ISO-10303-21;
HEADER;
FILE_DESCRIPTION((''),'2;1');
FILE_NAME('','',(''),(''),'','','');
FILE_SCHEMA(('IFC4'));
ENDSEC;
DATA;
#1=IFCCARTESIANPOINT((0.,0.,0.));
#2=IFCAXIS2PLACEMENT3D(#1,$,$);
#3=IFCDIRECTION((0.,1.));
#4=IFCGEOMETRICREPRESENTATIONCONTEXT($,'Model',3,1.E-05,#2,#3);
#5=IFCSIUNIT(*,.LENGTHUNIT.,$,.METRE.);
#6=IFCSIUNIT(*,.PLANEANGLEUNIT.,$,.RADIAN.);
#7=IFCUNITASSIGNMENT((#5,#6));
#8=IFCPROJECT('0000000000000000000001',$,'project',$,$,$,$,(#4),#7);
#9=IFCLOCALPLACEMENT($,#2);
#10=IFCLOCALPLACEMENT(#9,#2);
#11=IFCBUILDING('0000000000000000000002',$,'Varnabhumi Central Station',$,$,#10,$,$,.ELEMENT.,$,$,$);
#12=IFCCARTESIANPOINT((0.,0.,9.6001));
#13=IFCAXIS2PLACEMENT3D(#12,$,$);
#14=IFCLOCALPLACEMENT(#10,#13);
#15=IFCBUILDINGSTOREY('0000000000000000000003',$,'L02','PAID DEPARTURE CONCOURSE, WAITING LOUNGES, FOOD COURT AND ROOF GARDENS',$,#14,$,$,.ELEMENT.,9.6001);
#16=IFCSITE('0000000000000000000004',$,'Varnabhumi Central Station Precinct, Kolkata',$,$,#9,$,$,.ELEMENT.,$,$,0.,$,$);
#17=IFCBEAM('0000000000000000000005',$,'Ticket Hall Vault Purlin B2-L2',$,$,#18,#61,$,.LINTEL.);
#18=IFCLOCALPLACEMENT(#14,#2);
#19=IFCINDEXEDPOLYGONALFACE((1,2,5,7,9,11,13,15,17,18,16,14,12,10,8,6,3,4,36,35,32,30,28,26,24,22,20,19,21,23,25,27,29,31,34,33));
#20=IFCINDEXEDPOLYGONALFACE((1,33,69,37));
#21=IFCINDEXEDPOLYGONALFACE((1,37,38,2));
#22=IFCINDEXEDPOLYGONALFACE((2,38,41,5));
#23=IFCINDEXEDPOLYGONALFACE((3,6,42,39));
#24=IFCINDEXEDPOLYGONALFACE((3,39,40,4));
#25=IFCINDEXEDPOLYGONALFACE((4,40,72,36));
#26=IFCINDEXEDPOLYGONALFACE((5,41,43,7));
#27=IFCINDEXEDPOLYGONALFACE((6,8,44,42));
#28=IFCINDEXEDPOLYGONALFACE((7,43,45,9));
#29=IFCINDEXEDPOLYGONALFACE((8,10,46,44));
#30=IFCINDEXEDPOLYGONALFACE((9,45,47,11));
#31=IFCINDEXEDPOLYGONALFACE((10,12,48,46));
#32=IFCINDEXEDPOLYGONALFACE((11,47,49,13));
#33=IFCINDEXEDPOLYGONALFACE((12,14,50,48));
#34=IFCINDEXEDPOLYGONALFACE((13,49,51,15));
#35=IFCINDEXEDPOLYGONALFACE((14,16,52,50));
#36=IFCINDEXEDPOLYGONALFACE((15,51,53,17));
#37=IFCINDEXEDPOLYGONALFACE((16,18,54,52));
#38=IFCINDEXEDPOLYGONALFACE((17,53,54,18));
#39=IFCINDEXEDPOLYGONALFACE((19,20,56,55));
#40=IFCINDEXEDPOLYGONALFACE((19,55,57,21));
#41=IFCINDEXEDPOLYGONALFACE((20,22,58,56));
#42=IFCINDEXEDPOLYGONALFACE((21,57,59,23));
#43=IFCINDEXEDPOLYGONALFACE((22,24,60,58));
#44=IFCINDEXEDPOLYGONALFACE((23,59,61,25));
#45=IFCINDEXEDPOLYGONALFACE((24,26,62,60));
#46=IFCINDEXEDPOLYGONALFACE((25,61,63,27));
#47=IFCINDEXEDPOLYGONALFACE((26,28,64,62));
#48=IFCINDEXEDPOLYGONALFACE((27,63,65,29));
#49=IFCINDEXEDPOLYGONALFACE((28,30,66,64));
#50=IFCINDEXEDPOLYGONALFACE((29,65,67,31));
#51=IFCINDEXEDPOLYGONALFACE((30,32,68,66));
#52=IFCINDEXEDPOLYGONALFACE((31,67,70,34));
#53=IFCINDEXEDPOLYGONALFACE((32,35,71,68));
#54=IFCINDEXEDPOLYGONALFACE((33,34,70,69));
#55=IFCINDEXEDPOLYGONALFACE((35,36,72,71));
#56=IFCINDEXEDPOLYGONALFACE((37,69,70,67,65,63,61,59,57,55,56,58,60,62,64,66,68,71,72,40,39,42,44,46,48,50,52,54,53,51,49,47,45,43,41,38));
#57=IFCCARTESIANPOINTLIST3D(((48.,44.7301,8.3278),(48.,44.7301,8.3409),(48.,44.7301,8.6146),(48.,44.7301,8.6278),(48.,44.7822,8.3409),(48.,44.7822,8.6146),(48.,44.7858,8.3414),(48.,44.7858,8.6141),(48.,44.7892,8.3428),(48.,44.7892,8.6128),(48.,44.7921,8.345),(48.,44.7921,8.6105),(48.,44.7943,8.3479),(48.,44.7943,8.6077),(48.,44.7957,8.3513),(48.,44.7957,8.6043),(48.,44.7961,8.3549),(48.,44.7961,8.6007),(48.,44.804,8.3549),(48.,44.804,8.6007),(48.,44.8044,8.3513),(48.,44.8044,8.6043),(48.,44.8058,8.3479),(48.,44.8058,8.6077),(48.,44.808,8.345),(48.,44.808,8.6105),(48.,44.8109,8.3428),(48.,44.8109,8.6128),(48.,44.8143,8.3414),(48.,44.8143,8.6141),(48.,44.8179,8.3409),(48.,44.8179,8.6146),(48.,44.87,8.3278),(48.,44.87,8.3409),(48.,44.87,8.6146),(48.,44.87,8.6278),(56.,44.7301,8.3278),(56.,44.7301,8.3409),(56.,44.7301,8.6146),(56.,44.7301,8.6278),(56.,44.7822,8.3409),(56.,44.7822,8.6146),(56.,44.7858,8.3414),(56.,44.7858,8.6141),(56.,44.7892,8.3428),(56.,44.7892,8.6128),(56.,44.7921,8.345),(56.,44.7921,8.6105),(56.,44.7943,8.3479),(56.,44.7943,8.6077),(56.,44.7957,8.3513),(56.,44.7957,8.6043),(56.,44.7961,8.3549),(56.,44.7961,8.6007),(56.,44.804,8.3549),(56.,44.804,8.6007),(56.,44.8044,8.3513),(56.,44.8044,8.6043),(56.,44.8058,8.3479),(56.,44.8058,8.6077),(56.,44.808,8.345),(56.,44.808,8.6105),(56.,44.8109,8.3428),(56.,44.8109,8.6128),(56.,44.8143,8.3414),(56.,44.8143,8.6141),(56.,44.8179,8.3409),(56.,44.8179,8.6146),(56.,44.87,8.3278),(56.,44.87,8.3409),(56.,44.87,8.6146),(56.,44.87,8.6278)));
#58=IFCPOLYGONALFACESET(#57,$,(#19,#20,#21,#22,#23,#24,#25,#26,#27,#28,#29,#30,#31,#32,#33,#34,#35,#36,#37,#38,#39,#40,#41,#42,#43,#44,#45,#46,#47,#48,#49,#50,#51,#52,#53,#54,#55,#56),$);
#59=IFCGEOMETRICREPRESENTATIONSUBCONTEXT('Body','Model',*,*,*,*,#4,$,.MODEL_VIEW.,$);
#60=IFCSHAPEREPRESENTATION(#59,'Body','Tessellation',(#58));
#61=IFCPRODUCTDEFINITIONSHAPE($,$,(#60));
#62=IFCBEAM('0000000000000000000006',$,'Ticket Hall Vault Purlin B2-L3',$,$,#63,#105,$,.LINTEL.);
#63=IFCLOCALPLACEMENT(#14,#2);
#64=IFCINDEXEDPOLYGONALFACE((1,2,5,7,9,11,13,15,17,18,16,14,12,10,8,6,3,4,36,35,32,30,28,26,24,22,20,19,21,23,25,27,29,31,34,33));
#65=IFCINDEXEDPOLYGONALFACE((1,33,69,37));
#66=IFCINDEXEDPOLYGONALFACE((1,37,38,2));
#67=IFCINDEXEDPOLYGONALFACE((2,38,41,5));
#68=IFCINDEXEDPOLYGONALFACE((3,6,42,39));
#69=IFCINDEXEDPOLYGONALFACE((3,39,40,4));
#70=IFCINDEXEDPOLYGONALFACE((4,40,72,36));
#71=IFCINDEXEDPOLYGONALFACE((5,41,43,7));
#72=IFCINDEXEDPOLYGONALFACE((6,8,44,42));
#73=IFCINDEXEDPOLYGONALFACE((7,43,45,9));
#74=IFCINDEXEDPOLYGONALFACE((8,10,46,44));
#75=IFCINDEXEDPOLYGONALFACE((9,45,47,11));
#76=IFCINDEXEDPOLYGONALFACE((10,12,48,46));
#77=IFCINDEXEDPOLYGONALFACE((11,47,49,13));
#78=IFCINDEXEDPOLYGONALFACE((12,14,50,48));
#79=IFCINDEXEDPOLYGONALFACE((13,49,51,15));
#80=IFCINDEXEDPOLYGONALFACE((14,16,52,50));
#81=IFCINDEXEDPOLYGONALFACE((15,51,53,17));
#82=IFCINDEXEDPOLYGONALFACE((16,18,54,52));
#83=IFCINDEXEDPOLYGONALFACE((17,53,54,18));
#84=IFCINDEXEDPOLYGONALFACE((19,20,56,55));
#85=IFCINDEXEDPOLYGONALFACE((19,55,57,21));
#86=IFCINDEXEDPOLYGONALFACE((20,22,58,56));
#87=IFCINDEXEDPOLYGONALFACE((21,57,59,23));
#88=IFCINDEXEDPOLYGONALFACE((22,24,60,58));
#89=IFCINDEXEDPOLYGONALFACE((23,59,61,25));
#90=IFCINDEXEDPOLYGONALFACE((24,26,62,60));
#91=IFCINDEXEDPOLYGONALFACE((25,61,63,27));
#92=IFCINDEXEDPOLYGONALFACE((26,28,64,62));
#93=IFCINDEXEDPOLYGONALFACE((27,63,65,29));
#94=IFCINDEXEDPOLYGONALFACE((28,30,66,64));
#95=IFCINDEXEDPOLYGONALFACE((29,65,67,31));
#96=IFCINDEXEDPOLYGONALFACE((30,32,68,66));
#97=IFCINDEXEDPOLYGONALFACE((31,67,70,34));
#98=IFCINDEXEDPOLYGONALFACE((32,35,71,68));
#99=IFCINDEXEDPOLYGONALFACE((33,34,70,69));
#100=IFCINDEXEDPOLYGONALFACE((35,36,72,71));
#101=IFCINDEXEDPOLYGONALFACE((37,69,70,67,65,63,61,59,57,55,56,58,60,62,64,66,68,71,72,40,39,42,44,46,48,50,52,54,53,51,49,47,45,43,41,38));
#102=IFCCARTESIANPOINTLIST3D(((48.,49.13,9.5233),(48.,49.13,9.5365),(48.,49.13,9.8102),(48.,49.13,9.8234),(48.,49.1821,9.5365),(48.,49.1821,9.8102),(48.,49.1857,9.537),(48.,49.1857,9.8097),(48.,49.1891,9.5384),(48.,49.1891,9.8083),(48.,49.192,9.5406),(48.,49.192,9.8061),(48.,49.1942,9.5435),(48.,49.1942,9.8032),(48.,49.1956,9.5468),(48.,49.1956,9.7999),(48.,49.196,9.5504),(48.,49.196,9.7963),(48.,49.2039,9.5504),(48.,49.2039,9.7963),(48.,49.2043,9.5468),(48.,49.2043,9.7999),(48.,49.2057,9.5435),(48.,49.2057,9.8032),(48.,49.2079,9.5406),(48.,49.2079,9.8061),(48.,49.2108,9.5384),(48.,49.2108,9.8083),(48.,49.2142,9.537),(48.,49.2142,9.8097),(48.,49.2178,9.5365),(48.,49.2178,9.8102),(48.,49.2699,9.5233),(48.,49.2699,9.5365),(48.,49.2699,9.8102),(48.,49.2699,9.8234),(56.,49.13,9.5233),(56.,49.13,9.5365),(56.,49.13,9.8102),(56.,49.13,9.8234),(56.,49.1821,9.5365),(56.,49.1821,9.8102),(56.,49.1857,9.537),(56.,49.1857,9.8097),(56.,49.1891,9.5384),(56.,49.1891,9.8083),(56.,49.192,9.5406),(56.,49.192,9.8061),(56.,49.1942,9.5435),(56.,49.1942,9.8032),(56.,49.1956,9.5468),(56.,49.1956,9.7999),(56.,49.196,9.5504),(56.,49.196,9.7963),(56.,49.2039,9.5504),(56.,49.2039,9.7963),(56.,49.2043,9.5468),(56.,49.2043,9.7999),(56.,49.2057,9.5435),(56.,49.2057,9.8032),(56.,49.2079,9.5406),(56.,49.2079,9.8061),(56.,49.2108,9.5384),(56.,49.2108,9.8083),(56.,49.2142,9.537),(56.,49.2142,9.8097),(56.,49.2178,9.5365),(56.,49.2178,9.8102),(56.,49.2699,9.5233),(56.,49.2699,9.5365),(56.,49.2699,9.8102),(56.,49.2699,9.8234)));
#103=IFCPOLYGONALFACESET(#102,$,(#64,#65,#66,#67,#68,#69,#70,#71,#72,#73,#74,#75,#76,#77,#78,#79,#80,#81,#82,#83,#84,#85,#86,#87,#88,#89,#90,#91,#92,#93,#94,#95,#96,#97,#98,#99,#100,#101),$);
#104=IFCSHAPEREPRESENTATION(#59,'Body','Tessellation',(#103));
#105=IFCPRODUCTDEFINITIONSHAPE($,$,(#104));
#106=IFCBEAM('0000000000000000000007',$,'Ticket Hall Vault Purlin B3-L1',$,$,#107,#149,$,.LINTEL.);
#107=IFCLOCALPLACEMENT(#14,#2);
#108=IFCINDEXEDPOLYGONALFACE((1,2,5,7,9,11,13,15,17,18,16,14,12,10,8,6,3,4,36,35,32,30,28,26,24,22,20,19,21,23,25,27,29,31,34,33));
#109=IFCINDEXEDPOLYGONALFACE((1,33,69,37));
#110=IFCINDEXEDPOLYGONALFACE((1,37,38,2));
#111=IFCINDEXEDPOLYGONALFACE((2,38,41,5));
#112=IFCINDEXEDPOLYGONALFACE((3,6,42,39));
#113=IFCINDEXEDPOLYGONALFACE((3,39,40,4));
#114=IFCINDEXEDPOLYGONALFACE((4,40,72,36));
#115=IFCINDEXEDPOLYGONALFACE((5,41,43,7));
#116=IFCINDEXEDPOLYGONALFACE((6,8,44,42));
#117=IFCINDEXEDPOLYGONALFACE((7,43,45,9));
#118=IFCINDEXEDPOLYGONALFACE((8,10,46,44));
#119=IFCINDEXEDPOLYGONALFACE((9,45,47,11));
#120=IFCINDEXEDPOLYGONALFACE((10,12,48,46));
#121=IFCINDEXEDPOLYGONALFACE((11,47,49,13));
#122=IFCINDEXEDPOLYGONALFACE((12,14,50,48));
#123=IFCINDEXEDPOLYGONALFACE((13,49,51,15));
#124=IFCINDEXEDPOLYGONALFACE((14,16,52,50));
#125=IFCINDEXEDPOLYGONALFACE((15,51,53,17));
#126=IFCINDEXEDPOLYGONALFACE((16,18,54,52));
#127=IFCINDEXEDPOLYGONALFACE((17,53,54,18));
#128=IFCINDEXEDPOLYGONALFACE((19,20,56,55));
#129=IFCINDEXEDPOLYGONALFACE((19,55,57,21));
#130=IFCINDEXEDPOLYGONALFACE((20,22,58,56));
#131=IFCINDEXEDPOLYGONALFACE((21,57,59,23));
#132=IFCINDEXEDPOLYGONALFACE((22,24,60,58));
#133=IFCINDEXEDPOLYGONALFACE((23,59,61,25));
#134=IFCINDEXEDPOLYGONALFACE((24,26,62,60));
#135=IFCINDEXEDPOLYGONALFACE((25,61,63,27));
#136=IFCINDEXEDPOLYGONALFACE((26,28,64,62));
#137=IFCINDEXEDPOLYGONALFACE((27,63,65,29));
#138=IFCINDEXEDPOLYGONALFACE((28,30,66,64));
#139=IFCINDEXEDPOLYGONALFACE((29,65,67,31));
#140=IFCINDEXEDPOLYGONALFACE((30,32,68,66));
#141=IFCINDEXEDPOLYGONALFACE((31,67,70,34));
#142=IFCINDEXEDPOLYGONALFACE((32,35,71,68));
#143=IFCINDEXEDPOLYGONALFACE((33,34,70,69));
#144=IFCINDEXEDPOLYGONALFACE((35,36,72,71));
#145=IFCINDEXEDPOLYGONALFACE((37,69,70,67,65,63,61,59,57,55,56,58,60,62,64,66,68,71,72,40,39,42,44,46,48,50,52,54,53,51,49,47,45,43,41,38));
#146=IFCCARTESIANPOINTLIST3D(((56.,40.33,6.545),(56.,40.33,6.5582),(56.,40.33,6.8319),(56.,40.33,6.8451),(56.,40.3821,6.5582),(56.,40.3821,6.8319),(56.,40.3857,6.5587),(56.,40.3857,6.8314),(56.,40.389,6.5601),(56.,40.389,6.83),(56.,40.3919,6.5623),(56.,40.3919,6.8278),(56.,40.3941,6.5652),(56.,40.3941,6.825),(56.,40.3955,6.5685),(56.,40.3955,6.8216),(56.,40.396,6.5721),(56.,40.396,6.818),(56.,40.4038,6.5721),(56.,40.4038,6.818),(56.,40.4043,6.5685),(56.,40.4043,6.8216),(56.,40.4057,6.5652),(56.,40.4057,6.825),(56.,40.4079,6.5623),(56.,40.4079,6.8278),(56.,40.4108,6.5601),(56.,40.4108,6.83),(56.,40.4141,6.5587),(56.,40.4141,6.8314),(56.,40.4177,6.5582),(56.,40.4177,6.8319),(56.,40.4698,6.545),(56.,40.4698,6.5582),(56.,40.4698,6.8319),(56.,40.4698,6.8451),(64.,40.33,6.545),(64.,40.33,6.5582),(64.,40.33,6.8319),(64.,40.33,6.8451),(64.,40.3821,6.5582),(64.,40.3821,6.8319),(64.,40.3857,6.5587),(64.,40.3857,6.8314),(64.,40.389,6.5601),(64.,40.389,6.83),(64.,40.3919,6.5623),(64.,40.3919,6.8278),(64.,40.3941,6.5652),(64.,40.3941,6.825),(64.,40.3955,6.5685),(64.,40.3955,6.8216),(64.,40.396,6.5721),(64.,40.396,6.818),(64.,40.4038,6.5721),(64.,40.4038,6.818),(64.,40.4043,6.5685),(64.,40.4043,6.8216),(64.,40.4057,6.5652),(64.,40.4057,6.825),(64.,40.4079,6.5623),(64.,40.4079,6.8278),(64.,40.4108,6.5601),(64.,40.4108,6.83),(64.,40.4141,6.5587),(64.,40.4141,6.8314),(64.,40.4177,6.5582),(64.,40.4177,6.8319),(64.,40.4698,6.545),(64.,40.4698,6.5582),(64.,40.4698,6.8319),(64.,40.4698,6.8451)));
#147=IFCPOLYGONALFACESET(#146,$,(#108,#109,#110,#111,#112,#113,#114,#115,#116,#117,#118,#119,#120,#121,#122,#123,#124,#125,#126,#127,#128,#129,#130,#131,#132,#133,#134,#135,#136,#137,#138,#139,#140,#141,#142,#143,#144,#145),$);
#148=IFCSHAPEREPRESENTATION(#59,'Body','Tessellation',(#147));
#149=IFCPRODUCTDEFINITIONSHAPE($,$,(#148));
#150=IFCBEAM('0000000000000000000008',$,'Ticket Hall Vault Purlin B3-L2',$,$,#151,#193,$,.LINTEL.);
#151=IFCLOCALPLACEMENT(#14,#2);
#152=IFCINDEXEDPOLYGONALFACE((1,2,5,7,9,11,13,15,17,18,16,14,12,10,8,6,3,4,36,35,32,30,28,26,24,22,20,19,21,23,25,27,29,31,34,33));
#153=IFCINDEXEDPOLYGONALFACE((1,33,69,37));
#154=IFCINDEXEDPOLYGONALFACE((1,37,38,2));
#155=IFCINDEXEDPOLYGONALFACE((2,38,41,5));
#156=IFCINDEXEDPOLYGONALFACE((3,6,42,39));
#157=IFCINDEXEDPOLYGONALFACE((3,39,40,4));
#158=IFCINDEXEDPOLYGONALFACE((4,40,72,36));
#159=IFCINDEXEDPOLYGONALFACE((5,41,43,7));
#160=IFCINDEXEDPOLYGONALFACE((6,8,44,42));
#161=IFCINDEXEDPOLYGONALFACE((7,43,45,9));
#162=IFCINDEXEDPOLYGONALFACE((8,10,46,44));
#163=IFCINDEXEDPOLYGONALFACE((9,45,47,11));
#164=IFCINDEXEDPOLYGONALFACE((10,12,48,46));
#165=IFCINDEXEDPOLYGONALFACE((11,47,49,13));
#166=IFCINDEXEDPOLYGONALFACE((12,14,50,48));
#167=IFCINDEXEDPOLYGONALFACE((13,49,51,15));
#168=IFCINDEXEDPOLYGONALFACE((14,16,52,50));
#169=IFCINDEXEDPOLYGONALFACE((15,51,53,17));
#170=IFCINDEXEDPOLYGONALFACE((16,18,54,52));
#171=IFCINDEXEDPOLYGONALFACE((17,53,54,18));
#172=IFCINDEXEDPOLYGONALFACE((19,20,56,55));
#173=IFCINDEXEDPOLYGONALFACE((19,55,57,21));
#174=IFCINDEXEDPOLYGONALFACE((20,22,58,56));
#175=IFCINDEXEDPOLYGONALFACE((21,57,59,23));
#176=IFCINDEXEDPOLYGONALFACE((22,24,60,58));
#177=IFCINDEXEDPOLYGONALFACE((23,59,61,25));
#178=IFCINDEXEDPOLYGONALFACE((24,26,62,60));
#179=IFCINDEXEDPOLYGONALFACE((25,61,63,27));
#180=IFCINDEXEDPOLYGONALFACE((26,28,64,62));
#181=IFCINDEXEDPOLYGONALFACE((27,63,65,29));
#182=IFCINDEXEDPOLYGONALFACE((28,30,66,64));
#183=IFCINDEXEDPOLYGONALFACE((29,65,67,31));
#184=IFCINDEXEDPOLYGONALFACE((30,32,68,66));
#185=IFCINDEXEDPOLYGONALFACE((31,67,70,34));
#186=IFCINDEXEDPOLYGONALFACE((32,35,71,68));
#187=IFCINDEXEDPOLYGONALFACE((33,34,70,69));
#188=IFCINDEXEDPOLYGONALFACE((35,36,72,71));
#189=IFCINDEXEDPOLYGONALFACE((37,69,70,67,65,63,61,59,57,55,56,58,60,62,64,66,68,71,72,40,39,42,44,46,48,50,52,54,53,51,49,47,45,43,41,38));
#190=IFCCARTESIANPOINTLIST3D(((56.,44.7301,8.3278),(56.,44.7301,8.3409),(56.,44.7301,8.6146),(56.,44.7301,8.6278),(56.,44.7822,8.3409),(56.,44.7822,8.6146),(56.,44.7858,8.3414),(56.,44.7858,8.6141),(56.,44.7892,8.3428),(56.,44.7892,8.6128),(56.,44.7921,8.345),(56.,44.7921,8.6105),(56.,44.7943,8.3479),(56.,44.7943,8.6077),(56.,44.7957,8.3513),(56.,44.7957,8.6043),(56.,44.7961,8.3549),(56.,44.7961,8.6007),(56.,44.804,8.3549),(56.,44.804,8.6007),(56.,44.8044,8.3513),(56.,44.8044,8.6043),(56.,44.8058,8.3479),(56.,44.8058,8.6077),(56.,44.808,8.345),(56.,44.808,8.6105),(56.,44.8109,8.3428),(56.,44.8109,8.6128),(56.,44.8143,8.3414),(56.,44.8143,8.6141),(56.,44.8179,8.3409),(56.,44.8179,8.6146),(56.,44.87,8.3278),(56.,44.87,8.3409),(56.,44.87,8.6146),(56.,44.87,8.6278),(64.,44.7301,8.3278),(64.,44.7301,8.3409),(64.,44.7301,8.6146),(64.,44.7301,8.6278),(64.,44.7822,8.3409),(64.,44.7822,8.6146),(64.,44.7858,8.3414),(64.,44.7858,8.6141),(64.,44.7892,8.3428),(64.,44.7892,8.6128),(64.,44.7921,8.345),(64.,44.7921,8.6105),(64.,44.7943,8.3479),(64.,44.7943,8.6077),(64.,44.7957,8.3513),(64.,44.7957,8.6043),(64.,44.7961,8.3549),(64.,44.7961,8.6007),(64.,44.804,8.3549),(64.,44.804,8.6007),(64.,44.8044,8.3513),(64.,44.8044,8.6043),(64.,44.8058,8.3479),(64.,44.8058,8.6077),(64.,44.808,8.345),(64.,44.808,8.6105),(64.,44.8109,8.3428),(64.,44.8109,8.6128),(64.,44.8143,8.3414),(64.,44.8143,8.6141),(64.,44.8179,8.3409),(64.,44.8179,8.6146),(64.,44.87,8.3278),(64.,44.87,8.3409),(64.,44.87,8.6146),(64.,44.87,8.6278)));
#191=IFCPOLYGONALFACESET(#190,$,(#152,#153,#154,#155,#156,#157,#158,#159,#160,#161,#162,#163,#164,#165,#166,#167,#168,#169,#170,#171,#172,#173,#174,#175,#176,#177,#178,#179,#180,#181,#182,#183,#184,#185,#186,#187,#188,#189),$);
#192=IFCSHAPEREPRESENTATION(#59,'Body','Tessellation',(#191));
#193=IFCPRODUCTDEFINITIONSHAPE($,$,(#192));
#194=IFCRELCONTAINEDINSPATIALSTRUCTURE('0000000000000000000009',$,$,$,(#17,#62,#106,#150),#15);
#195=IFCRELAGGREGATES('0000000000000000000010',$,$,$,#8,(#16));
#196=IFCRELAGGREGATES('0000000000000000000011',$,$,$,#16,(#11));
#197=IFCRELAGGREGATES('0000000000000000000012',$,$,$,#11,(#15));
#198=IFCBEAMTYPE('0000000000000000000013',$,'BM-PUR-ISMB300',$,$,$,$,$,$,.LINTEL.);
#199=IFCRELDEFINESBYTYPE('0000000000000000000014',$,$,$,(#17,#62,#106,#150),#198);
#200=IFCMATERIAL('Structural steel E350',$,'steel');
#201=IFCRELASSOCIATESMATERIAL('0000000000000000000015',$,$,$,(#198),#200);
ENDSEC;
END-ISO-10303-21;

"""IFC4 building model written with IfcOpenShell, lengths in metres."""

from ifc_helpers import new_model, si_unit, direction, frame, origin, origin_2d, place, context, subcontext, project, spatial, i_section, extrude, material, material_profile, profile_set, type_object, element, save


model = new_model("IFC4")

# Units and contexts
model_context = context("Model", 3, precision=1e-05, world=origin(), true_north=direction((0.0, 1.0)))
body_context = subcontext(model_context, "Body", "Model", "MODEL_VIEW")
ifc_project = project(units=[si_unit("LENGTHUNIT", "METRE"), si_unit("PLANEANGLEUNIT", "RADIAN")], contexts=[model_context])

# Site, building, storey
site_placement = place(None, origin())
site = spatial("IfcSite", under=ifc_project, at=site_placement, Name="Varnabhumi Central Station Precinct, Kolkata", CompositionType="ELEMENT", RefElevation=0.0)
building_placement = place(site_placement, origin())
building = spatial("IfcBuilding", under=site, at=building_placement, Name="Varnabhumi Central Station", CompositionType="ELEMENT")
storey_placement = place(building_placement, frame((0.0, 0.0, 9.6001)))
storey = spatial("IfcBuildingStorey", under=building, at=storey_placement, Name="L02", Description="PAID DEPARTURE CONCOURSE, WAITING LOUNGES, FOOD COURT AND ROOF GARDENS", CompositionType="ELEMENT", Elevation=9.6001)

# Beams
ifc_material_1 = material(Name="Structural steel E350", Category="steel")
ifc_material_profile_1 = material_profile(ifc_material_1, i_section(OverallWidth=0.1399, OverallDepth=0.3, WebThickness=0.0078, FlangeThickness=0.0132, FilletRadius=0.0139, at=origin_2d()), Name="Structural steel E350", Category="steel")
ifc_profile_set_1 = profile_set([ifc_material_profile_1], Name="Structural steel E350")
beam_type_1 = type_object("IfcBeamType", Name="BM-PUR-ISMB300", PredefinedType="LINTEL", material=ifc_profile_set_1)
for number, where, z_axis, x_axis, name in (
    (1, (48.0, 44.8, 8.4778), (1.0, 0.0, 0.0), (0.0, 1.0, 0.0), "Ticket Hall Vault Purlin B2-L2"),
    (2, (48.0, 49.2, 9.6733), (1.0, 0.0, 0.0), (0.0, 1.0, 0.0), "Ticket Hall Vault Purlin B2-L3"),
    (3, (56.0, 40.3999, 6.6951), (1.0, 0.0, 0.0), (0.0, 1.0, 0.0), "Ticket Hall Vault Purlin B3-L1"),
    (4, (56.0, 44.8, 8.4778), (1.0, 0.0, 0.0), (0.0, 1.0, 0.0), "Ticket Hall Vault Purlin B3-L2"),
):
    element("IfcBeam", number, at=place(storey_placement, frame(where, z_axis=z_axis, x_axis=x_axis)), inside=storey, type_object=beam_type_1, Name=name, PredefinedType="LINTEL", context=body_context, shape_type="SweptSolid", body=[
        extrude(i_section(OverallWidth=0.1399, OverallDepth=0.3, WebThickness=0.0078, FlangeThickness=0.0132, FilletRadius=0.0139, at=origin_2d()), origin(), (0.0, 0.0, 1.0), 8.0),
    ])

save(model, "model.ifc")
